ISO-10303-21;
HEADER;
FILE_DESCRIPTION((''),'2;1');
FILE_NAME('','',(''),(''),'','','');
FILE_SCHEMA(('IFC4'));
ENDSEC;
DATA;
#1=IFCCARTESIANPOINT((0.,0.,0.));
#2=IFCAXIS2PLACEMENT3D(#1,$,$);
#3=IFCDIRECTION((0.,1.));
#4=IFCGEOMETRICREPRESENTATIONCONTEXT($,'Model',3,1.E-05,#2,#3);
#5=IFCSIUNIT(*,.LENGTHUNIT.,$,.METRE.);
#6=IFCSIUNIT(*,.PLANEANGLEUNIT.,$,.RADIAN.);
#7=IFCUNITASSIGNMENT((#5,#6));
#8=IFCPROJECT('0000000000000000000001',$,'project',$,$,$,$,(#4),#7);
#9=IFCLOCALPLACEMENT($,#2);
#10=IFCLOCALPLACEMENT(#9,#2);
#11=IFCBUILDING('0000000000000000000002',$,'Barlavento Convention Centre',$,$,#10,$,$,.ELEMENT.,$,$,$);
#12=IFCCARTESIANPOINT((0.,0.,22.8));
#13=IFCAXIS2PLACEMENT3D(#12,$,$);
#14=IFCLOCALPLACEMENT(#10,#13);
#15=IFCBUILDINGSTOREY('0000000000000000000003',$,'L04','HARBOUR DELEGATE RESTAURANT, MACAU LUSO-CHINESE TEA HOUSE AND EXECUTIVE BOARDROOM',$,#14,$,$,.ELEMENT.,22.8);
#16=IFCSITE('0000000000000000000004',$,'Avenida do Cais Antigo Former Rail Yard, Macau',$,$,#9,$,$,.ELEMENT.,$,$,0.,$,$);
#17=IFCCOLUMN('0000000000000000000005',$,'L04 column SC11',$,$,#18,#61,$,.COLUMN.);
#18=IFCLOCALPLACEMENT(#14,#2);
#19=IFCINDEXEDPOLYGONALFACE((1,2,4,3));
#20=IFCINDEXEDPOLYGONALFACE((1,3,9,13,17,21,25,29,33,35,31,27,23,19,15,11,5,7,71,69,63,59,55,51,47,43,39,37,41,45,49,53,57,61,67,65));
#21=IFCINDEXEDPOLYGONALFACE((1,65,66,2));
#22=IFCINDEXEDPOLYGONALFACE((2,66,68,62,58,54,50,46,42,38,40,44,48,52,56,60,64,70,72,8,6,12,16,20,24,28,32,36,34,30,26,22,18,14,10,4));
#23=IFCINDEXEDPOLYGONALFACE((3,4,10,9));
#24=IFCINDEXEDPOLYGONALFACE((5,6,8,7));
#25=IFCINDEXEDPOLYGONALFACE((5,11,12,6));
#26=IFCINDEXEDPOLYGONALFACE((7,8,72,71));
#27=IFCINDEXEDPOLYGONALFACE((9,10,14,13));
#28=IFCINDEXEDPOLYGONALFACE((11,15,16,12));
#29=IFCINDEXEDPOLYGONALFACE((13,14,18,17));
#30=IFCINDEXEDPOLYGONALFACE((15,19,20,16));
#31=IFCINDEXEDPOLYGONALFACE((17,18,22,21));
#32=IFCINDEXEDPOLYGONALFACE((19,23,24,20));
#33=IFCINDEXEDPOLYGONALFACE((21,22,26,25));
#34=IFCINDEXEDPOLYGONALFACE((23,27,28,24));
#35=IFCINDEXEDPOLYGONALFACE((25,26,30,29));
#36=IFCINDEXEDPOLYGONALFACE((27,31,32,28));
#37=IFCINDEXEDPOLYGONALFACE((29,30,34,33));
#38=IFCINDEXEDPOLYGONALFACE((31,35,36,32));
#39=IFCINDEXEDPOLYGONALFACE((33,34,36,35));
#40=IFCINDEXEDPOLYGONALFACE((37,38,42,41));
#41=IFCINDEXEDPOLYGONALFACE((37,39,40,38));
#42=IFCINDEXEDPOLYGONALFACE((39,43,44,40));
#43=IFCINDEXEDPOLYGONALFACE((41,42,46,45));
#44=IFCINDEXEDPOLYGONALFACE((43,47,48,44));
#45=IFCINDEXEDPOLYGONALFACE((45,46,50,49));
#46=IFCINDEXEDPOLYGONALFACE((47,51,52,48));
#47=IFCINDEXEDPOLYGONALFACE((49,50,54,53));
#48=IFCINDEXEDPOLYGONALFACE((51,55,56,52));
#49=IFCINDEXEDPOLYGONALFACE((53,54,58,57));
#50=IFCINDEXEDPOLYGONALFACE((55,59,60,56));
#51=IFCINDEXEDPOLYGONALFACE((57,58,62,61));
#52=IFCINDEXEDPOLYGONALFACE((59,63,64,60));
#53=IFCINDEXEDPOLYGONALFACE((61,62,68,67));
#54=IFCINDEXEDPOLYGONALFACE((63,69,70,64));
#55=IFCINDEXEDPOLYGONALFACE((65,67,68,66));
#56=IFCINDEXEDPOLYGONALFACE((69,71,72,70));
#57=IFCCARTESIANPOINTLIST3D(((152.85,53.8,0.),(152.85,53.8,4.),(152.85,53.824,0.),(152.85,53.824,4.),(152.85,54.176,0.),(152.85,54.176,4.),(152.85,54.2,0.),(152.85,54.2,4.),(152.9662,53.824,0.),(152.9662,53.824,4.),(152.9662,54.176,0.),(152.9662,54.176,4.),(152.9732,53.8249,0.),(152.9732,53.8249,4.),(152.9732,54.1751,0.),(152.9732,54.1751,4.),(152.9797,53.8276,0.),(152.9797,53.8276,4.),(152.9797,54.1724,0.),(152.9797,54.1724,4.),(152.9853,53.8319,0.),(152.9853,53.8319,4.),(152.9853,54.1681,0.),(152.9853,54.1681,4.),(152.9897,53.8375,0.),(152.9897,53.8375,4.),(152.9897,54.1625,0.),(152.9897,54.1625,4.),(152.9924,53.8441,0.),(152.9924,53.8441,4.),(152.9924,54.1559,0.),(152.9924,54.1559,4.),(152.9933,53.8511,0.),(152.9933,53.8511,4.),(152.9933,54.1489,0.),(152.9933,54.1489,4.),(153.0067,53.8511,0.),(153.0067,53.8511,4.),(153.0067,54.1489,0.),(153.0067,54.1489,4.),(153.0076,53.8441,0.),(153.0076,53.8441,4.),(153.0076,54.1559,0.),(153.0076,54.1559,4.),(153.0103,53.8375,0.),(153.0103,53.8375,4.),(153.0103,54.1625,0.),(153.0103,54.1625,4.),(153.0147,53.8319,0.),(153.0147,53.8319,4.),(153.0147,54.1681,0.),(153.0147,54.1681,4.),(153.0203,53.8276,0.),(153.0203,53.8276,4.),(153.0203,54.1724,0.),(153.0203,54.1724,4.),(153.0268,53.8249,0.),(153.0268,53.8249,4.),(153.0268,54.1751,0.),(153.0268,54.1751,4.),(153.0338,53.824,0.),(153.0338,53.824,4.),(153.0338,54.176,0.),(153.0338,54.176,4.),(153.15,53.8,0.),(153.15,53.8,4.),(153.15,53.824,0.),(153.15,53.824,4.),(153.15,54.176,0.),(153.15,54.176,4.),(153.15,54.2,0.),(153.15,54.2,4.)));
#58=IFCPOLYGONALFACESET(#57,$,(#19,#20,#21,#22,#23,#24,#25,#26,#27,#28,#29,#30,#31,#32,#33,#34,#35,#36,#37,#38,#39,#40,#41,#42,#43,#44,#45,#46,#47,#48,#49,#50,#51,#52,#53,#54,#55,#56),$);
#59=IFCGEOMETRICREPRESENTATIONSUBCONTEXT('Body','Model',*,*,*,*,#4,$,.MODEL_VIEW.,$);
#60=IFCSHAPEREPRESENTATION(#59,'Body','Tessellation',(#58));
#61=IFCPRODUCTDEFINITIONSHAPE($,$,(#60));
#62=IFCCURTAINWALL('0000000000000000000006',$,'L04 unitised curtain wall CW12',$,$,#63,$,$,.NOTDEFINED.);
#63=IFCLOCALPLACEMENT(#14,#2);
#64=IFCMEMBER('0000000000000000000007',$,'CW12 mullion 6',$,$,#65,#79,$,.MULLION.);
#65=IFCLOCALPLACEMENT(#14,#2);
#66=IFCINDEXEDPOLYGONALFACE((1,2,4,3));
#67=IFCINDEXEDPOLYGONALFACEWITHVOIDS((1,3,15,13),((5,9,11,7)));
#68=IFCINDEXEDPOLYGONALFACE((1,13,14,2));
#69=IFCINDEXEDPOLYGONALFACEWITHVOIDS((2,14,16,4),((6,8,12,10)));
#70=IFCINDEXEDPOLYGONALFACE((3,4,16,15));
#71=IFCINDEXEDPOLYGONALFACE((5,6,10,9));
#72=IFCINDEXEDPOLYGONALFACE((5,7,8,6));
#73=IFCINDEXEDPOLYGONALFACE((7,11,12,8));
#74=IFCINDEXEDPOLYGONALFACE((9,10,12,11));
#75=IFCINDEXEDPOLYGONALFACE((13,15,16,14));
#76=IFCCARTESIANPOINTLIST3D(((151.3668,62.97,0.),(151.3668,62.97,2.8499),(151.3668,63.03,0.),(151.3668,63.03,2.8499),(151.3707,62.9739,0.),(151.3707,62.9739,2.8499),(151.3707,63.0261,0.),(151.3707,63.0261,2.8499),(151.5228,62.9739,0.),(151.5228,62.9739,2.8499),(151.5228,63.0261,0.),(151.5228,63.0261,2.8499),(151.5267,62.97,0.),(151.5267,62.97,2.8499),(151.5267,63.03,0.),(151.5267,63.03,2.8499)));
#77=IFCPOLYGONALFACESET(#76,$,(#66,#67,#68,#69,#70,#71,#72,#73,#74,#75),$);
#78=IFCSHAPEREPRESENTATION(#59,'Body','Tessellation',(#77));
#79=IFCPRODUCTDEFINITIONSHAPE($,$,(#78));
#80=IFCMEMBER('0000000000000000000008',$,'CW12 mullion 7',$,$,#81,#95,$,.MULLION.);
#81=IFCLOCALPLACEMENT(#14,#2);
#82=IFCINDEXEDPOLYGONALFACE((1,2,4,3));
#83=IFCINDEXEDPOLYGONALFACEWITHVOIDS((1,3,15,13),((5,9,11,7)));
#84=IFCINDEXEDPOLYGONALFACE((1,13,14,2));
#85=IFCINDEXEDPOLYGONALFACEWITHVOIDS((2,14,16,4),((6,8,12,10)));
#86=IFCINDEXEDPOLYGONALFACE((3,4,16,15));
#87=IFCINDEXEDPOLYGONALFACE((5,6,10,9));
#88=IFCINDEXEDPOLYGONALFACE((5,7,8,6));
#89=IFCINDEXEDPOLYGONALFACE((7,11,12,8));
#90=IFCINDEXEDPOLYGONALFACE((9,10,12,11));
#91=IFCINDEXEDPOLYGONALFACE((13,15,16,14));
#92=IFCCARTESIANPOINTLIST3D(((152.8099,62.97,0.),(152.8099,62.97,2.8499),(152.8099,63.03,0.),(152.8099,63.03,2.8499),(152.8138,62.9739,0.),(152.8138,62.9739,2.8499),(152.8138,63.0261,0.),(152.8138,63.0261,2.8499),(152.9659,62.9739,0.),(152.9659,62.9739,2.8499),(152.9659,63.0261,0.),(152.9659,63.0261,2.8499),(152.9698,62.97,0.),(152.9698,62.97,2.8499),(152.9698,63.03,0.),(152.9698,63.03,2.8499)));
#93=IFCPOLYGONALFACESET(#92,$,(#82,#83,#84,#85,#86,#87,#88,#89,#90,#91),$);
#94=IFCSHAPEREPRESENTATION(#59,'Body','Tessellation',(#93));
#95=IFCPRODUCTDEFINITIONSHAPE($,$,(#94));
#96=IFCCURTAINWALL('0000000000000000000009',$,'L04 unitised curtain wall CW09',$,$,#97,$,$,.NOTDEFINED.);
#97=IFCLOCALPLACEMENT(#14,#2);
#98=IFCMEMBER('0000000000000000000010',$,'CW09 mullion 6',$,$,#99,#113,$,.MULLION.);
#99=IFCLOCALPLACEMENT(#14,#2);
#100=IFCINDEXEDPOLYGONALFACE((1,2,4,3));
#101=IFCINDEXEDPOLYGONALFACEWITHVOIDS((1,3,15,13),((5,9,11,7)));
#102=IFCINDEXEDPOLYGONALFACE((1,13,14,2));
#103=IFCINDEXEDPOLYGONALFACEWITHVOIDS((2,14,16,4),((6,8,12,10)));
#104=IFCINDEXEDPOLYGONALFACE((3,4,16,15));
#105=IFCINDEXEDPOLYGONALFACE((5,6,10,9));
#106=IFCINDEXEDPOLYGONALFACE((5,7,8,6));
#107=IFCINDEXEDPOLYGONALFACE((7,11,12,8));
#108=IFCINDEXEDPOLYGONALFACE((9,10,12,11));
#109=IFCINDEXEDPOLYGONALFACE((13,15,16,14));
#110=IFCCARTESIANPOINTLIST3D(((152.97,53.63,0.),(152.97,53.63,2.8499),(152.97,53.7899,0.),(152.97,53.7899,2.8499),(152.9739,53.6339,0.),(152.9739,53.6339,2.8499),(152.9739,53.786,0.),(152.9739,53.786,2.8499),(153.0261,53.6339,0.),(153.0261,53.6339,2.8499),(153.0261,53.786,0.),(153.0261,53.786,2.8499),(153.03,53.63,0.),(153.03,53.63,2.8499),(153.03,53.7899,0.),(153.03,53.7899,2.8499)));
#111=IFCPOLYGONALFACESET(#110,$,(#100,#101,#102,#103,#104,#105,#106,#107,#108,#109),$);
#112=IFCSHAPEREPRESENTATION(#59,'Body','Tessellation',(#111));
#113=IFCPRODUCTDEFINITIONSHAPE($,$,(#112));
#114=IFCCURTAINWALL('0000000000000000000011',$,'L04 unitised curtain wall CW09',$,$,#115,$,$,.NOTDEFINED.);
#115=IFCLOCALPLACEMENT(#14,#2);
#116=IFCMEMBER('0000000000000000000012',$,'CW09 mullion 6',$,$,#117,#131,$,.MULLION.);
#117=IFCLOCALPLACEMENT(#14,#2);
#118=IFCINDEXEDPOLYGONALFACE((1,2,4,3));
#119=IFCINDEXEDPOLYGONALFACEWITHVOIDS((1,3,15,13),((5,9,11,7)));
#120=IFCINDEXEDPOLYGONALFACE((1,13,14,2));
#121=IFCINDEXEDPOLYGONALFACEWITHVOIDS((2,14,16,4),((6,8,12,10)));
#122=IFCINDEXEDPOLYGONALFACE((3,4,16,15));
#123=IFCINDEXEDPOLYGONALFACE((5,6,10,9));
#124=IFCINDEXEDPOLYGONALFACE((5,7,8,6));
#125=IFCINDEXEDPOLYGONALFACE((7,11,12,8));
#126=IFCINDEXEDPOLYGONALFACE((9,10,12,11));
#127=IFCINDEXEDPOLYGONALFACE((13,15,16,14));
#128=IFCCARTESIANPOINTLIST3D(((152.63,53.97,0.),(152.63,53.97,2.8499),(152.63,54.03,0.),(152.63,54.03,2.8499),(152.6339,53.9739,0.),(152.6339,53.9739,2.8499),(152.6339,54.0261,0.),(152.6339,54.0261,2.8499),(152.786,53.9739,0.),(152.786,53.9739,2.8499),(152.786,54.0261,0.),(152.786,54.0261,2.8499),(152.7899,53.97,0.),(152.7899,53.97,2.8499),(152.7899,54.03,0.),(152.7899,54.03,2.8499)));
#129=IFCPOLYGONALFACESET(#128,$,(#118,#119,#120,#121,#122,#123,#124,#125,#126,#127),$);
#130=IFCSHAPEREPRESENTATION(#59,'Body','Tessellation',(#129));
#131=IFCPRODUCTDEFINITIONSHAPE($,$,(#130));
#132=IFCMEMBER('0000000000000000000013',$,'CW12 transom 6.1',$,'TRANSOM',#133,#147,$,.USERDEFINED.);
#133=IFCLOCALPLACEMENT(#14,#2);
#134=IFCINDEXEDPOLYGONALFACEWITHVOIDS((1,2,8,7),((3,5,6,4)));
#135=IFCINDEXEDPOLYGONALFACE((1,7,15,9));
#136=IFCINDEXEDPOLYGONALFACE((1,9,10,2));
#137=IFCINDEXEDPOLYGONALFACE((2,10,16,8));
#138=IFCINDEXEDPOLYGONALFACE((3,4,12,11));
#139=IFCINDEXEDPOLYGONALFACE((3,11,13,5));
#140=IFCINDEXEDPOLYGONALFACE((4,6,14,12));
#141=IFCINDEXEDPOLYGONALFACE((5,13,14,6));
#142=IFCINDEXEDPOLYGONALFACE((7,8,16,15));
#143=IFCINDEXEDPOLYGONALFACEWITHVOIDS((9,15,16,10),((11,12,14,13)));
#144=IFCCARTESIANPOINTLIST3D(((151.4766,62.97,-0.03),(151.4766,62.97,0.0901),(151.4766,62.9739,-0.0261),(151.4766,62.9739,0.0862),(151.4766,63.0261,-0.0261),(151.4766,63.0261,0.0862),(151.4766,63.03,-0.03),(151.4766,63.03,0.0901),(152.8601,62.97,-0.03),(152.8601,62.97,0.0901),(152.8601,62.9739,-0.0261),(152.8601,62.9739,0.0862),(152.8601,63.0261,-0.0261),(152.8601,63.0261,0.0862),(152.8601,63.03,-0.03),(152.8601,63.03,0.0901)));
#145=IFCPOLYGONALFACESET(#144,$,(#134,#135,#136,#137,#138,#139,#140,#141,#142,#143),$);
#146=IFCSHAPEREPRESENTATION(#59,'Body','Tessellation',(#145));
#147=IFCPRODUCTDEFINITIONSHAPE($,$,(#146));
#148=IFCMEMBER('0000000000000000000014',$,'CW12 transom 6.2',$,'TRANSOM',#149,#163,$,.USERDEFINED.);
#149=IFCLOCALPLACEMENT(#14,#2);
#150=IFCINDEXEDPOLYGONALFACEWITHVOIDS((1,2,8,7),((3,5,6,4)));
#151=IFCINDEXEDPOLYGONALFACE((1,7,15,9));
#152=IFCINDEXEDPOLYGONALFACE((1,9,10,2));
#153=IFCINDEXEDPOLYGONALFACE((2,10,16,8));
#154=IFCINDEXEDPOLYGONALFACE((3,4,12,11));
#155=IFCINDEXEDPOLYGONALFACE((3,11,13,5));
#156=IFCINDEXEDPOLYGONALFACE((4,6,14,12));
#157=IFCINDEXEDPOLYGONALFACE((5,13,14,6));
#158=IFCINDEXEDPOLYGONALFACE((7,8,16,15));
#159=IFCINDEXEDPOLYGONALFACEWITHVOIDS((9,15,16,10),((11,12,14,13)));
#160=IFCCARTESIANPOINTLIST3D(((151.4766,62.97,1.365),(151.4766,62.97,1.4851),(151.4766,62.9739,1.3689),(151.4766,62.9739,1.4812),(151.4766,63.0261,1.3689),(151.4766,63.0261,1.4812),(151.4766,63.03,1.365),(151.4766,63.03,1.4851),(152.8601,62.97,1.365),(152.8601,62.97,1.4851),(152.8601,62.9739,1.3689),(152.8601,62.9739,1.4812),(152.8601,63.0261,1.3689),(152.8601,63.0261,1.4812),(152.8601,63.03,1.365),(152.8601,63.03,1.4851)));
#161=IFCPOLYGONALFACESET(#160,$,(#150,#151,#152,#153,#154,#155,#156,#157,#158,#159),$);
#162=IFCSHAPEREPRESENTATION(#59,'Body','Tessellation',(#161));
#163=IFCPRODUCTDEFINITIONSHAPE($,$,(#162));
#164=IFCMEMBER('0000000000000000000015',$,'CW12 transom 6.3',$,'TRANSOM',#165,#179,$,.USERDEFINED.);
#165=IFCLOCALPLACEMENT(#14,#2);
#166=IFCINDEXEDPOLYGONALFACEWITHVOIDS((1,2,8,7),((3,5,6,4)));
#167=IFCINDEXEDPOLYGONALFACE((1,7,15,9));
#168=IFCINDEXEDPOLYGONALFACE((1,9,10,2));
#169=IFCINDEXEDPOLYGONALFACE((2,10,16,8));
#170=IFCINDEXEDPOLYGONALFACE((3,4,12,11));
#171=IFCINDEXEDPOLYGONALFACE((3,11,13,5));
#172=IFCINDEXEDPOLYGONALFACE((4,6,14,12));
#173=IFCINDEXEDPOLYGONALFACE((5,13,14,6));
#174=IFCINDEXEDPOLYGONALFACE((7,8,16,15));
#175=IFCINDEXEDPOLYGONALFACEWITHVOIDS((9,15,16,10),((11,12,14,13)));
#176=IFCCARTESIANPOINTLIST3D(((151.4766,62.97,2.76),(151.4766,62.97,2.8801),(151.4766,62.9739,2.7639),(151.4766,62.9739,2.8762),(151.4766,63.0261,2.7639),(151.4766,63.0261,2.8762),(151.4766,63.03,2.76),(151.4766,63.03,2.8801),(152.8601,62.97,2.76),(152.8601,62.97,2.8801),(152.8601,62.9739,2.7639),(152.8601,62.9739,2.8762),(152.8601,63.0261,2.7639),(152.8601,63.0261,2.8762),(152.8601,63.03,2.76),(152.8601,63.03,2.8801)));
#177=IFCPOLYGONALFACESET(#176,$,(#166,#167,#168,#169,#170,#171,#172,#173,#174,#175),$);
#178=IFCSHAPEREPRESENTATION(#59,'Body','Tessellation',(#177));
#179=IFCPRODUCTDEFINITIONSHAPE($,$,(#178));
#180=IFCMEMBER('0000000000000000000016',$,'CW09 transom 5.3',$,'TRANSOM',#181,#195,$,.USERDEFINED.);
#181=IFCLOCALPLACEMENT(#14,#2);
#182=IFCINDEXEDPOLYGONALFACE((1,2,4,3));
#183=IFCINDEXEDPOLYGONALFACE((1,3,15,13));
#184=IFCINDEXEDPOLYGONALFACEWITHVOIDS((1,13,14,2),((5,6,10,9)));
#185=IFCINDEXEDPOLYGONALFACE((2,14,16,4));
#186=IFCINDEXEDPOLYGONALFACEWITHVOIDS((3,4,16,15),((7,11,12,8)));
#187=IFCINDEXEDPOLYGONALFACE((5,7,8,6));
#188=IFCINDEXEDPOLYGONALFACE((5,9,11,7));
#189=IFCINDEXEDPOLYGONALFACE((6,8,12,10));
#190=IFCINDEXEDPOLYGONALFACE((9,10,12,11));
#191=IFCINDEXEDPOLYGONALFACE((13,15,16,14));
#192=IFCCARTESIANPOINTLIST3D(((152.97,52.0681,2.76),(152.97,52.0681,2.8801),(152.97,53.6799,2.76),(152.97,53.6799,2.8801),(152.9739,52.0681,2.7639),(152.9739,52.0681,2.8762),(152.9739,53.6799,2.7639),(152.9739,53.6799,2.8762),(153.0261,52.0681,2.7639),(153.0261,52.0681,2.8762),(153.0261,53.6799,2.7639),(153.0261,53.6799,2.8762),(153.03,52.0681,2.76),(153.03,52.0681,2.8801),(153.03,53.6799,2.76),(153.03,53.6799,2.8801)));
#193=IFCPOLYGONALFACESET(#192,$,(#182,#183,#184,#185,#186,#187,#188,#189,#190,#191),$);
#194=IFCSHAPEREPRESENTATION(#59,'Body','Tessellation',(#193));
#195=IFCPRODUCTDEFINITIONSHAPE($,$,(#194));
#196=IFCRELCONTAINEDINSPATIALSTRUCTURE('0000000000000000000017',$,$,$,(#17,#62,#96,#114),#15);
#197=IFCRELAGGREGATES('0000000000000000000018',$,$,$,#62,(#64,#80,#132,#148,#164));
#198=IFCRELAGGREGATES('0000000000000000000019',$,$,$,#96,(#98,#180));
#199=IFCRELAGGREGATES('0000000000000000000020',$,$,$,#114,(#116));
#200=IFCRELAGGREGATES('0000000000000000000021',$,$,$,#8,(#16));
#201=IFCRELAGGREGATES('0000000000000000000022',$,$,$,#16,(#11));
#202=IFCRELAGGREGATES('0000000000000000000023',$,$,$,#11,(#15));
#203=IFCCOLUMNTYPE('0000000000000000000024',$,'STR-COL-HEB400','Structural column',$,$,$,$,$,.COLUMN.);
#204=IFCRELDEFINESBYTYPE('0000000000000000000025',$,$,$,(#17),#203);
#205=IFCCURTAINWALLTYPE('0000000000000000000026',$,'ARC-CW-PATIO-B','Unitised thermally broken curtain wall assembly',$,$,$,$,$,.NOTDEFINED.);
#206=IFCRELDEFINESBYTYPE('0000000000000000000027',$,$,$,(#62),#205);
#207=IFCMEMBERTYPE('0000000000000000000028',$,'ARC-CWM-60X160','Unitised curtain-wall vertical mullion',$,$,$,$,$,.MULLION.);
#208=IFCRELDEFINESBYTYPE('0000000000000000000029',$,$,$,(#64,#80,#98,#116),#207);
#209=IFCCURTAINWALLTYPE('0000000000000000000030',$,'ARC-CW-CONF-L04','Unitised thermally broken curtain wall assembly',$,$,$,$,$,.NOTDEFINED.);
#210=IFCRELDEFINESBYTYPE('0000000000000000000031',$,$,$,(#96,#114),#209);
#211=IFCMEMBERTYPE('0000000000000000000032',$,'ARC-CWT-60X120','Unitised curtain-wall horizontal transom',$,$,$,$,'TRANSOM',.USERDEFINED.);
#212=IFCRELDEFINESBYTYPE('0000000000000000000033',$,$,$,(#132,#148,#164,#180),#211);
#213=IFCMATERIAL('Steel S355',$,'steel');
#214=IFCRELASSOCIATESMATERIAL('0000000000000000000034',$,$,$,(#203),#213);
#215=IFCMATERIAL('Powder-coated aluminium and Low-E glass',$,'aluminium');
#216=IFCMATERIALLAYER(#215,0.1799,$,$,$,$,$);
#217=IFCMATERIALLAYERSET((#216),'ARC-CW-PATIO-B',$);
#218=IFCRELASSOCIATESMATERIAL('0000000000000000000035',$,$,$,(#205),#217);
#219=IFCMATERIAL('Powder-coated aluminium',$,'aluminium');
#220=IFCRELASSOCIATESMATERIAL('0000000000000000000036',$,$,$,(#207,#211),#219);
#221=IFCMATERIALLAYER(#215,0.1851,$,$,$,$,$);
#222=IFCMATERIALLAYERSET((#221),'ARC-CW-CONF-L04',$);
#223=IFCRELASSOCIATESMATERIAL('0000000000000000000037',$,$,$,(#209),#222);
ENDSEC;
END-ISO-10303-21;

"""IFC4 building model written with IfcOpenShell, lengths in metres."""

from ifc_helpers import new_model, si_unit, direction, frame, origin, origin_2d, place, context, subcontext, project, spatial, hollow_rectangle, i_section, extrude, material, layer, layer_set, material_profile, profile_set, type_object, element, aggregate, save


model = new_model("IFC4")

# Units and contexts
model_context = context("Model", 3, precision=1e-05, world=origin(), true_north=direction((0.0, 1.0)))
body_context = subcontext(model_context, "Body", "Model", "MODEL_VIEW")
ifc_project = project(units=[si_unit("LENGTHUNIT", "METRE"), si_unit("PLANEANGLEUNIT", "RADIAN")], contexts=[model_context])

# Site, building, storey
site_placement = place(None, origin())
site = spatial("IfcSite", under=ifc_project, at=site_placement, Name="Avenida do Cais Antigo Former Rail Yard, Macau", CompositionType="ELEMENT", RefElevation=0.0)
building_placement = place(site_placement, origin())
building = spatial("IfcBuilding", under=site, at=building_placement, Name="Barlavento Convention Centre", CompositionType="ELEMENT")
storey_placement = place(building_placement, frame((0.0, 0.0, 22.8)))
storey = spatial("IfcBuildingStorey", under=building, at=storey_placement, Name="L04", Description="HARBOUR DELEGATE RESTAURANT, MACAU LUSO-CHINESE TEA HOUSE AND EXECUTIVE BOARDROOM", CompositionType="ELEMENT", Elevation=22.8)

# Column
ifc_material_1 = material(Name="Steel S355", Category="steel")
ifc_material_profile_1 = material_profile(ifc_material_1, i_section(OverallWidth=0.3, OverallDepth=0.3999, WebThickness=0.0134, FlangeThickness=0.0239, FilletRadius=0.0271, at=origin_2d()), Name="HEB 400")
ifc_profile_set_1 = profile_set([ifc_material_profile_1], Name="Steel S355")
column_type = type_object("IfcColumnType", Name="STR-COL-HEB400", Description="Structural column", PredefinedType="COLUMN", material=ifc_profile_set_1)
column_placement = place(storey_placement, frame((153.0, 54.0, 0.0), z_axis=(0.0, 0.0, 1.0), x_axis=(1.0, 0.0, 0.0)))
element("IfcColumn", 1, at=column_placement, inside=storey, type_object=column_type, Name="L04 column SC11", PredefinedType="COLUMN", context=body_context, shape_type="SweptSolid", body=[
    extrude(i_section(OverallWidth=0.3, OverallDepth=0.3999, WebThickness=0.0134, FlangeThickness=0.0239, FilletRadius=0.0271, at=origin_2d()), origin(), (0.0, 0.0, 1.0), 4.0),
])

# Curtain wall, members
ifc_material_2 = material(Name="Powder-coated aluminium and Low-E glass", Category="aluminium")
ifc_layer_1 = layer(ifc_material_2, 0.1799)
ifc_layer_set_1 = layer_set([ifc_layer_1], Name="ARC-CW-PATIO-B")
curtain_wall_type_1 = type_object("IfcCurtainWallType", Name="ARC-CW-PATIO-B", Description="Unitised thermally broken curtain wall assembly", PredefinedType="NOTDEFINED", material=ifc_layer_set_1)
curtain_wall_1_placement = place(storey_placement, origin())
curtain_wall_1 = element("IfcCurtainWall", 2, at=curtain_wall_1_placement, inside=storey, type_object=curtain_wall_type_1, Name="L04 unitised curtain wall CW12", PredefinedType="NOTDEFINED")
ifc_material_3 = material(Name="Powder-coated aluminium", Category="aluminium")
ifc_material_profile_2 = material_profile(ifc_material_3, hollow_rectangle(XDim=0.0601, YDim=0.1599, WallThickness=0.0039, at=origin_2d()), Name="AL-MULL 60x160x4")
ifc_profile_set_2 = profile_set([ifc_material_profile_2], Name="Powder-coated aluminium")
member_type_1 = type_object("IfcMemberType", Name="ARC-CWM-60X160", Description="Unitised curtain-wall vertical mullion", PredefinedType="MULLION", material=ifc_profile_set_2)
member_1_placement = place(storey_placement, frame((151.4468, 63.0, 0.0), z_axis=(0.0, 0.0, 1.0), x_axis=(0.0, 1.0, 0.0)))
member_1 = element("IfcMember", 3, at=member_1_placement, type_object=member_type_1, Name="CW12 mullion 6", PredefinedType="MULLION", context=body_context, shape_type="SweptSolid", body=[
    extrude(hollow_rectangle(XDim=0.0601, YDim=0.1599, WallThickness=0.0039, at=origin_2d()), origin(), (0.0, 0.0, 1.0), 2.8499),
])
member_2_placement = place(storey_placement, frame((152.8899, 63.0, 0.0), z_axis=(0.0, 0.0, 1.0), x_axis=(0.0, 1.0, 0.0)))
member_2 = element("IfcMember", 4, at=member_2_placement, type_object=member_type_1, Name="CW12 mullion 7", PredefinedType="MULLION", context=body_context, shape_type="SweptSolid", body=[
    extrude(hollow_rectangle(XDim=0.0601, YDim=0.1599, WallThickness=0.0039, at=origin_2d()), origin(), (0.0, 0.0, 1.0), 2.8499),
])

# Curtain walls, members
ifc_layer_2 = layer(ifc_material_2, 0.1851)
ifc_layer_set_2 = layer_set([ifc_layer_2], Name="ARC-CW-CONF-L04")
curtain_wall_type_2 = type_object("IfcCurtainWallType", Name="ARC-CW-CONF-L04", Description="Unitised thermally broken curtain wall assembly", PredefinedType="NOTDEFINED", material=ifc_layer_set_2)
curtain_wall_2_placement = place(storey_placement, origin())
curtain_wall_2 = element("IfcCurtainWall", 5, at=curtain_wall_2_placement, inside=storey, type_object=curtain_wall_type_2, Name="L04 unitised curtain wall CW09", PredefinedType="NOTDEFINED")
member_3_placement = place(storey_placement, frame((153.0, 53.71, 0.0), z_axis=(0.0, 0.0, 1.0), x_axis=(-1.0, 0.0, 0.0)))
member_3 = element("IfcMember", 6, at=member_3_placement, type_object=member_type_1, Name="CW09 mullion 6", PredefinedType="MULLION", context=body_context, shape_type="SweptSolid", body=[
    extrude(hollow_rectangle(XDim=0.0601, YDim=0.1599, WallThickness=0.0039, at=origin_2d()), origin(), (0.0, 0.0, 1.0), 2.8499),
])
curtain_wall_3_placement = place(storey_placement, origin())
curtain_wall_3 = element("IfcCurtainWall", 7, at=curtain_wall_3_placement, inside=storey, type_object=curtain_wall_type_2, Name="L04 unitised curtain wall CW09", PredefinedType="NOTDEFINED")
member_4_placement = place(storey_placement, frame((152.71, 54.0, 0.0), z_axis=(0.0, 0.0, 1.0), x_axis=(0.0, 1.0, 0.0)))
member_4 = element("IfcMember", 8, at=member_4_placement, type_object=member_type_1, Name="CW09 mullion 6", PredefinedType="MULLION", context=body_context, shape_type="SweptSolid", body=[
    extrude(hollow_rectangle(XDim=0.0601, YDim=0.1599, WallThickness=0.0039, at=origin_2d()), origin(), (0.0, 0.0, 1.0), 2.8499),
])

# Members
ifc_material_profile_3 = material_profile(ifc_material_3, hollow_rectangle(XDim=0.0601, YDim=0.1201, WallThickness=0.0039, at=origin_2d()), Name="AL-TRAN 60x120x4")
ifc_profile_set_3 = profile_set([ifc_material_profile_3], Name="Powder-coated aluminium")
member_type_2 = type_object("IfcMemberType", Name="ARC-CWT-60X120", Description="Unitised curtain-wall horizontal transom", ElementType="TRANSOM", PredefinedType="USERDEFINED", material=ifc_profile_set_3)
member_5_placement = place(storey_placement, frame((151.4766, 63.0, 0.03), z_axis=(1.0, 0.0, 0.0), x_axis=(0.0, 1.0, 0.0)))
member_5 = element("IfcMember", 9, at=member_5_placement, type_object=member_type_2, Name="CW12 transom 6.1", ObjectType="TRANSOM", PredefinedType="USERDEFINED", context=body_context, shape_type="SweptSolid", body=[
    extrude(hollow_rectangle(XDim=0.0601, YDim=0.1201, WallThickness=0.0039, at=origin_2d()), origin(), (0.0, 0.0, 1.0), 1.3835),
])
member_6_placement = place(storey_placement, frame((151.4766, 63.0, 1.425), z_axis=(1.0, 0.0, 0.0), x_axis=(0.0, 1.0, 0.0)))
member_6 = element("IfcMember", 10, at=member_6_placement, type_object=member_type_2, Name="CW12 transom 6.2", ObjectType="TRANSOM", PredefinedType="USERDEFINED", context=body_context, shape_type="SweptSolid", body=[
    extrude(hollow_rectangle(XDim=0.0601, YDim=0.1201, WallThickness=0.0039, at=origin_2d()), origin(), (0.0, 0.0, 1.0), 1.3835),
])
member_7_placement = place(storey_placement, frame((151.4766, 63.0, 2.8201), z_axis=(1.0, 0.0, 0.0), x_axis=(0.0, 1.0, 0.0)))
member_7 = element("IfcMember", 11, at=member_7_placement, type_object=member_type_2, Name="CW12 transom 6.3", ObjectType="TRANSOM", PredefinedType="USERDEFINED", context=body_context, shape_type="SweptSolid", body=[
    extrude(hollow_rectangle(XDim=0.0601, YDim=0.1201, WallThickness=0.0039, at=origin_2d()), origin(), (0.0, 0.0, 1.0), 1.3835),
])
member_8_placement = place(storey_placement, frame((153.0, 52.0681, 2.8201), z_axis=(0.0, 1.0, 0.0), x_axis=(-1.0, 0.0, 0.0)))
member_8 = element("IfcMember", 12, at=member_8_placement, type_object=member_type_2, Name="CW09 transom 5.3", ObjectType="TRANSOM", PredefinedType="USERDEFINED", context=body_context, shape_type="SweptSolid", body=[
    extrude(hollow_rectangle(XDim=0.0601, YDim=0.1201, WallThickness=0.0039, at=origin_2d()), origin(), (0.0, 0.0, 1.0), 1.6118),
])

aggregate(curtain_wall_1, [member_1, member_2, member_5, member_6, member_7])
aggregate(curtain_wall_2, [member_3, member_8])
aggregate(curtain_wall_3, [member_4])

save(model, "model.ifc")
